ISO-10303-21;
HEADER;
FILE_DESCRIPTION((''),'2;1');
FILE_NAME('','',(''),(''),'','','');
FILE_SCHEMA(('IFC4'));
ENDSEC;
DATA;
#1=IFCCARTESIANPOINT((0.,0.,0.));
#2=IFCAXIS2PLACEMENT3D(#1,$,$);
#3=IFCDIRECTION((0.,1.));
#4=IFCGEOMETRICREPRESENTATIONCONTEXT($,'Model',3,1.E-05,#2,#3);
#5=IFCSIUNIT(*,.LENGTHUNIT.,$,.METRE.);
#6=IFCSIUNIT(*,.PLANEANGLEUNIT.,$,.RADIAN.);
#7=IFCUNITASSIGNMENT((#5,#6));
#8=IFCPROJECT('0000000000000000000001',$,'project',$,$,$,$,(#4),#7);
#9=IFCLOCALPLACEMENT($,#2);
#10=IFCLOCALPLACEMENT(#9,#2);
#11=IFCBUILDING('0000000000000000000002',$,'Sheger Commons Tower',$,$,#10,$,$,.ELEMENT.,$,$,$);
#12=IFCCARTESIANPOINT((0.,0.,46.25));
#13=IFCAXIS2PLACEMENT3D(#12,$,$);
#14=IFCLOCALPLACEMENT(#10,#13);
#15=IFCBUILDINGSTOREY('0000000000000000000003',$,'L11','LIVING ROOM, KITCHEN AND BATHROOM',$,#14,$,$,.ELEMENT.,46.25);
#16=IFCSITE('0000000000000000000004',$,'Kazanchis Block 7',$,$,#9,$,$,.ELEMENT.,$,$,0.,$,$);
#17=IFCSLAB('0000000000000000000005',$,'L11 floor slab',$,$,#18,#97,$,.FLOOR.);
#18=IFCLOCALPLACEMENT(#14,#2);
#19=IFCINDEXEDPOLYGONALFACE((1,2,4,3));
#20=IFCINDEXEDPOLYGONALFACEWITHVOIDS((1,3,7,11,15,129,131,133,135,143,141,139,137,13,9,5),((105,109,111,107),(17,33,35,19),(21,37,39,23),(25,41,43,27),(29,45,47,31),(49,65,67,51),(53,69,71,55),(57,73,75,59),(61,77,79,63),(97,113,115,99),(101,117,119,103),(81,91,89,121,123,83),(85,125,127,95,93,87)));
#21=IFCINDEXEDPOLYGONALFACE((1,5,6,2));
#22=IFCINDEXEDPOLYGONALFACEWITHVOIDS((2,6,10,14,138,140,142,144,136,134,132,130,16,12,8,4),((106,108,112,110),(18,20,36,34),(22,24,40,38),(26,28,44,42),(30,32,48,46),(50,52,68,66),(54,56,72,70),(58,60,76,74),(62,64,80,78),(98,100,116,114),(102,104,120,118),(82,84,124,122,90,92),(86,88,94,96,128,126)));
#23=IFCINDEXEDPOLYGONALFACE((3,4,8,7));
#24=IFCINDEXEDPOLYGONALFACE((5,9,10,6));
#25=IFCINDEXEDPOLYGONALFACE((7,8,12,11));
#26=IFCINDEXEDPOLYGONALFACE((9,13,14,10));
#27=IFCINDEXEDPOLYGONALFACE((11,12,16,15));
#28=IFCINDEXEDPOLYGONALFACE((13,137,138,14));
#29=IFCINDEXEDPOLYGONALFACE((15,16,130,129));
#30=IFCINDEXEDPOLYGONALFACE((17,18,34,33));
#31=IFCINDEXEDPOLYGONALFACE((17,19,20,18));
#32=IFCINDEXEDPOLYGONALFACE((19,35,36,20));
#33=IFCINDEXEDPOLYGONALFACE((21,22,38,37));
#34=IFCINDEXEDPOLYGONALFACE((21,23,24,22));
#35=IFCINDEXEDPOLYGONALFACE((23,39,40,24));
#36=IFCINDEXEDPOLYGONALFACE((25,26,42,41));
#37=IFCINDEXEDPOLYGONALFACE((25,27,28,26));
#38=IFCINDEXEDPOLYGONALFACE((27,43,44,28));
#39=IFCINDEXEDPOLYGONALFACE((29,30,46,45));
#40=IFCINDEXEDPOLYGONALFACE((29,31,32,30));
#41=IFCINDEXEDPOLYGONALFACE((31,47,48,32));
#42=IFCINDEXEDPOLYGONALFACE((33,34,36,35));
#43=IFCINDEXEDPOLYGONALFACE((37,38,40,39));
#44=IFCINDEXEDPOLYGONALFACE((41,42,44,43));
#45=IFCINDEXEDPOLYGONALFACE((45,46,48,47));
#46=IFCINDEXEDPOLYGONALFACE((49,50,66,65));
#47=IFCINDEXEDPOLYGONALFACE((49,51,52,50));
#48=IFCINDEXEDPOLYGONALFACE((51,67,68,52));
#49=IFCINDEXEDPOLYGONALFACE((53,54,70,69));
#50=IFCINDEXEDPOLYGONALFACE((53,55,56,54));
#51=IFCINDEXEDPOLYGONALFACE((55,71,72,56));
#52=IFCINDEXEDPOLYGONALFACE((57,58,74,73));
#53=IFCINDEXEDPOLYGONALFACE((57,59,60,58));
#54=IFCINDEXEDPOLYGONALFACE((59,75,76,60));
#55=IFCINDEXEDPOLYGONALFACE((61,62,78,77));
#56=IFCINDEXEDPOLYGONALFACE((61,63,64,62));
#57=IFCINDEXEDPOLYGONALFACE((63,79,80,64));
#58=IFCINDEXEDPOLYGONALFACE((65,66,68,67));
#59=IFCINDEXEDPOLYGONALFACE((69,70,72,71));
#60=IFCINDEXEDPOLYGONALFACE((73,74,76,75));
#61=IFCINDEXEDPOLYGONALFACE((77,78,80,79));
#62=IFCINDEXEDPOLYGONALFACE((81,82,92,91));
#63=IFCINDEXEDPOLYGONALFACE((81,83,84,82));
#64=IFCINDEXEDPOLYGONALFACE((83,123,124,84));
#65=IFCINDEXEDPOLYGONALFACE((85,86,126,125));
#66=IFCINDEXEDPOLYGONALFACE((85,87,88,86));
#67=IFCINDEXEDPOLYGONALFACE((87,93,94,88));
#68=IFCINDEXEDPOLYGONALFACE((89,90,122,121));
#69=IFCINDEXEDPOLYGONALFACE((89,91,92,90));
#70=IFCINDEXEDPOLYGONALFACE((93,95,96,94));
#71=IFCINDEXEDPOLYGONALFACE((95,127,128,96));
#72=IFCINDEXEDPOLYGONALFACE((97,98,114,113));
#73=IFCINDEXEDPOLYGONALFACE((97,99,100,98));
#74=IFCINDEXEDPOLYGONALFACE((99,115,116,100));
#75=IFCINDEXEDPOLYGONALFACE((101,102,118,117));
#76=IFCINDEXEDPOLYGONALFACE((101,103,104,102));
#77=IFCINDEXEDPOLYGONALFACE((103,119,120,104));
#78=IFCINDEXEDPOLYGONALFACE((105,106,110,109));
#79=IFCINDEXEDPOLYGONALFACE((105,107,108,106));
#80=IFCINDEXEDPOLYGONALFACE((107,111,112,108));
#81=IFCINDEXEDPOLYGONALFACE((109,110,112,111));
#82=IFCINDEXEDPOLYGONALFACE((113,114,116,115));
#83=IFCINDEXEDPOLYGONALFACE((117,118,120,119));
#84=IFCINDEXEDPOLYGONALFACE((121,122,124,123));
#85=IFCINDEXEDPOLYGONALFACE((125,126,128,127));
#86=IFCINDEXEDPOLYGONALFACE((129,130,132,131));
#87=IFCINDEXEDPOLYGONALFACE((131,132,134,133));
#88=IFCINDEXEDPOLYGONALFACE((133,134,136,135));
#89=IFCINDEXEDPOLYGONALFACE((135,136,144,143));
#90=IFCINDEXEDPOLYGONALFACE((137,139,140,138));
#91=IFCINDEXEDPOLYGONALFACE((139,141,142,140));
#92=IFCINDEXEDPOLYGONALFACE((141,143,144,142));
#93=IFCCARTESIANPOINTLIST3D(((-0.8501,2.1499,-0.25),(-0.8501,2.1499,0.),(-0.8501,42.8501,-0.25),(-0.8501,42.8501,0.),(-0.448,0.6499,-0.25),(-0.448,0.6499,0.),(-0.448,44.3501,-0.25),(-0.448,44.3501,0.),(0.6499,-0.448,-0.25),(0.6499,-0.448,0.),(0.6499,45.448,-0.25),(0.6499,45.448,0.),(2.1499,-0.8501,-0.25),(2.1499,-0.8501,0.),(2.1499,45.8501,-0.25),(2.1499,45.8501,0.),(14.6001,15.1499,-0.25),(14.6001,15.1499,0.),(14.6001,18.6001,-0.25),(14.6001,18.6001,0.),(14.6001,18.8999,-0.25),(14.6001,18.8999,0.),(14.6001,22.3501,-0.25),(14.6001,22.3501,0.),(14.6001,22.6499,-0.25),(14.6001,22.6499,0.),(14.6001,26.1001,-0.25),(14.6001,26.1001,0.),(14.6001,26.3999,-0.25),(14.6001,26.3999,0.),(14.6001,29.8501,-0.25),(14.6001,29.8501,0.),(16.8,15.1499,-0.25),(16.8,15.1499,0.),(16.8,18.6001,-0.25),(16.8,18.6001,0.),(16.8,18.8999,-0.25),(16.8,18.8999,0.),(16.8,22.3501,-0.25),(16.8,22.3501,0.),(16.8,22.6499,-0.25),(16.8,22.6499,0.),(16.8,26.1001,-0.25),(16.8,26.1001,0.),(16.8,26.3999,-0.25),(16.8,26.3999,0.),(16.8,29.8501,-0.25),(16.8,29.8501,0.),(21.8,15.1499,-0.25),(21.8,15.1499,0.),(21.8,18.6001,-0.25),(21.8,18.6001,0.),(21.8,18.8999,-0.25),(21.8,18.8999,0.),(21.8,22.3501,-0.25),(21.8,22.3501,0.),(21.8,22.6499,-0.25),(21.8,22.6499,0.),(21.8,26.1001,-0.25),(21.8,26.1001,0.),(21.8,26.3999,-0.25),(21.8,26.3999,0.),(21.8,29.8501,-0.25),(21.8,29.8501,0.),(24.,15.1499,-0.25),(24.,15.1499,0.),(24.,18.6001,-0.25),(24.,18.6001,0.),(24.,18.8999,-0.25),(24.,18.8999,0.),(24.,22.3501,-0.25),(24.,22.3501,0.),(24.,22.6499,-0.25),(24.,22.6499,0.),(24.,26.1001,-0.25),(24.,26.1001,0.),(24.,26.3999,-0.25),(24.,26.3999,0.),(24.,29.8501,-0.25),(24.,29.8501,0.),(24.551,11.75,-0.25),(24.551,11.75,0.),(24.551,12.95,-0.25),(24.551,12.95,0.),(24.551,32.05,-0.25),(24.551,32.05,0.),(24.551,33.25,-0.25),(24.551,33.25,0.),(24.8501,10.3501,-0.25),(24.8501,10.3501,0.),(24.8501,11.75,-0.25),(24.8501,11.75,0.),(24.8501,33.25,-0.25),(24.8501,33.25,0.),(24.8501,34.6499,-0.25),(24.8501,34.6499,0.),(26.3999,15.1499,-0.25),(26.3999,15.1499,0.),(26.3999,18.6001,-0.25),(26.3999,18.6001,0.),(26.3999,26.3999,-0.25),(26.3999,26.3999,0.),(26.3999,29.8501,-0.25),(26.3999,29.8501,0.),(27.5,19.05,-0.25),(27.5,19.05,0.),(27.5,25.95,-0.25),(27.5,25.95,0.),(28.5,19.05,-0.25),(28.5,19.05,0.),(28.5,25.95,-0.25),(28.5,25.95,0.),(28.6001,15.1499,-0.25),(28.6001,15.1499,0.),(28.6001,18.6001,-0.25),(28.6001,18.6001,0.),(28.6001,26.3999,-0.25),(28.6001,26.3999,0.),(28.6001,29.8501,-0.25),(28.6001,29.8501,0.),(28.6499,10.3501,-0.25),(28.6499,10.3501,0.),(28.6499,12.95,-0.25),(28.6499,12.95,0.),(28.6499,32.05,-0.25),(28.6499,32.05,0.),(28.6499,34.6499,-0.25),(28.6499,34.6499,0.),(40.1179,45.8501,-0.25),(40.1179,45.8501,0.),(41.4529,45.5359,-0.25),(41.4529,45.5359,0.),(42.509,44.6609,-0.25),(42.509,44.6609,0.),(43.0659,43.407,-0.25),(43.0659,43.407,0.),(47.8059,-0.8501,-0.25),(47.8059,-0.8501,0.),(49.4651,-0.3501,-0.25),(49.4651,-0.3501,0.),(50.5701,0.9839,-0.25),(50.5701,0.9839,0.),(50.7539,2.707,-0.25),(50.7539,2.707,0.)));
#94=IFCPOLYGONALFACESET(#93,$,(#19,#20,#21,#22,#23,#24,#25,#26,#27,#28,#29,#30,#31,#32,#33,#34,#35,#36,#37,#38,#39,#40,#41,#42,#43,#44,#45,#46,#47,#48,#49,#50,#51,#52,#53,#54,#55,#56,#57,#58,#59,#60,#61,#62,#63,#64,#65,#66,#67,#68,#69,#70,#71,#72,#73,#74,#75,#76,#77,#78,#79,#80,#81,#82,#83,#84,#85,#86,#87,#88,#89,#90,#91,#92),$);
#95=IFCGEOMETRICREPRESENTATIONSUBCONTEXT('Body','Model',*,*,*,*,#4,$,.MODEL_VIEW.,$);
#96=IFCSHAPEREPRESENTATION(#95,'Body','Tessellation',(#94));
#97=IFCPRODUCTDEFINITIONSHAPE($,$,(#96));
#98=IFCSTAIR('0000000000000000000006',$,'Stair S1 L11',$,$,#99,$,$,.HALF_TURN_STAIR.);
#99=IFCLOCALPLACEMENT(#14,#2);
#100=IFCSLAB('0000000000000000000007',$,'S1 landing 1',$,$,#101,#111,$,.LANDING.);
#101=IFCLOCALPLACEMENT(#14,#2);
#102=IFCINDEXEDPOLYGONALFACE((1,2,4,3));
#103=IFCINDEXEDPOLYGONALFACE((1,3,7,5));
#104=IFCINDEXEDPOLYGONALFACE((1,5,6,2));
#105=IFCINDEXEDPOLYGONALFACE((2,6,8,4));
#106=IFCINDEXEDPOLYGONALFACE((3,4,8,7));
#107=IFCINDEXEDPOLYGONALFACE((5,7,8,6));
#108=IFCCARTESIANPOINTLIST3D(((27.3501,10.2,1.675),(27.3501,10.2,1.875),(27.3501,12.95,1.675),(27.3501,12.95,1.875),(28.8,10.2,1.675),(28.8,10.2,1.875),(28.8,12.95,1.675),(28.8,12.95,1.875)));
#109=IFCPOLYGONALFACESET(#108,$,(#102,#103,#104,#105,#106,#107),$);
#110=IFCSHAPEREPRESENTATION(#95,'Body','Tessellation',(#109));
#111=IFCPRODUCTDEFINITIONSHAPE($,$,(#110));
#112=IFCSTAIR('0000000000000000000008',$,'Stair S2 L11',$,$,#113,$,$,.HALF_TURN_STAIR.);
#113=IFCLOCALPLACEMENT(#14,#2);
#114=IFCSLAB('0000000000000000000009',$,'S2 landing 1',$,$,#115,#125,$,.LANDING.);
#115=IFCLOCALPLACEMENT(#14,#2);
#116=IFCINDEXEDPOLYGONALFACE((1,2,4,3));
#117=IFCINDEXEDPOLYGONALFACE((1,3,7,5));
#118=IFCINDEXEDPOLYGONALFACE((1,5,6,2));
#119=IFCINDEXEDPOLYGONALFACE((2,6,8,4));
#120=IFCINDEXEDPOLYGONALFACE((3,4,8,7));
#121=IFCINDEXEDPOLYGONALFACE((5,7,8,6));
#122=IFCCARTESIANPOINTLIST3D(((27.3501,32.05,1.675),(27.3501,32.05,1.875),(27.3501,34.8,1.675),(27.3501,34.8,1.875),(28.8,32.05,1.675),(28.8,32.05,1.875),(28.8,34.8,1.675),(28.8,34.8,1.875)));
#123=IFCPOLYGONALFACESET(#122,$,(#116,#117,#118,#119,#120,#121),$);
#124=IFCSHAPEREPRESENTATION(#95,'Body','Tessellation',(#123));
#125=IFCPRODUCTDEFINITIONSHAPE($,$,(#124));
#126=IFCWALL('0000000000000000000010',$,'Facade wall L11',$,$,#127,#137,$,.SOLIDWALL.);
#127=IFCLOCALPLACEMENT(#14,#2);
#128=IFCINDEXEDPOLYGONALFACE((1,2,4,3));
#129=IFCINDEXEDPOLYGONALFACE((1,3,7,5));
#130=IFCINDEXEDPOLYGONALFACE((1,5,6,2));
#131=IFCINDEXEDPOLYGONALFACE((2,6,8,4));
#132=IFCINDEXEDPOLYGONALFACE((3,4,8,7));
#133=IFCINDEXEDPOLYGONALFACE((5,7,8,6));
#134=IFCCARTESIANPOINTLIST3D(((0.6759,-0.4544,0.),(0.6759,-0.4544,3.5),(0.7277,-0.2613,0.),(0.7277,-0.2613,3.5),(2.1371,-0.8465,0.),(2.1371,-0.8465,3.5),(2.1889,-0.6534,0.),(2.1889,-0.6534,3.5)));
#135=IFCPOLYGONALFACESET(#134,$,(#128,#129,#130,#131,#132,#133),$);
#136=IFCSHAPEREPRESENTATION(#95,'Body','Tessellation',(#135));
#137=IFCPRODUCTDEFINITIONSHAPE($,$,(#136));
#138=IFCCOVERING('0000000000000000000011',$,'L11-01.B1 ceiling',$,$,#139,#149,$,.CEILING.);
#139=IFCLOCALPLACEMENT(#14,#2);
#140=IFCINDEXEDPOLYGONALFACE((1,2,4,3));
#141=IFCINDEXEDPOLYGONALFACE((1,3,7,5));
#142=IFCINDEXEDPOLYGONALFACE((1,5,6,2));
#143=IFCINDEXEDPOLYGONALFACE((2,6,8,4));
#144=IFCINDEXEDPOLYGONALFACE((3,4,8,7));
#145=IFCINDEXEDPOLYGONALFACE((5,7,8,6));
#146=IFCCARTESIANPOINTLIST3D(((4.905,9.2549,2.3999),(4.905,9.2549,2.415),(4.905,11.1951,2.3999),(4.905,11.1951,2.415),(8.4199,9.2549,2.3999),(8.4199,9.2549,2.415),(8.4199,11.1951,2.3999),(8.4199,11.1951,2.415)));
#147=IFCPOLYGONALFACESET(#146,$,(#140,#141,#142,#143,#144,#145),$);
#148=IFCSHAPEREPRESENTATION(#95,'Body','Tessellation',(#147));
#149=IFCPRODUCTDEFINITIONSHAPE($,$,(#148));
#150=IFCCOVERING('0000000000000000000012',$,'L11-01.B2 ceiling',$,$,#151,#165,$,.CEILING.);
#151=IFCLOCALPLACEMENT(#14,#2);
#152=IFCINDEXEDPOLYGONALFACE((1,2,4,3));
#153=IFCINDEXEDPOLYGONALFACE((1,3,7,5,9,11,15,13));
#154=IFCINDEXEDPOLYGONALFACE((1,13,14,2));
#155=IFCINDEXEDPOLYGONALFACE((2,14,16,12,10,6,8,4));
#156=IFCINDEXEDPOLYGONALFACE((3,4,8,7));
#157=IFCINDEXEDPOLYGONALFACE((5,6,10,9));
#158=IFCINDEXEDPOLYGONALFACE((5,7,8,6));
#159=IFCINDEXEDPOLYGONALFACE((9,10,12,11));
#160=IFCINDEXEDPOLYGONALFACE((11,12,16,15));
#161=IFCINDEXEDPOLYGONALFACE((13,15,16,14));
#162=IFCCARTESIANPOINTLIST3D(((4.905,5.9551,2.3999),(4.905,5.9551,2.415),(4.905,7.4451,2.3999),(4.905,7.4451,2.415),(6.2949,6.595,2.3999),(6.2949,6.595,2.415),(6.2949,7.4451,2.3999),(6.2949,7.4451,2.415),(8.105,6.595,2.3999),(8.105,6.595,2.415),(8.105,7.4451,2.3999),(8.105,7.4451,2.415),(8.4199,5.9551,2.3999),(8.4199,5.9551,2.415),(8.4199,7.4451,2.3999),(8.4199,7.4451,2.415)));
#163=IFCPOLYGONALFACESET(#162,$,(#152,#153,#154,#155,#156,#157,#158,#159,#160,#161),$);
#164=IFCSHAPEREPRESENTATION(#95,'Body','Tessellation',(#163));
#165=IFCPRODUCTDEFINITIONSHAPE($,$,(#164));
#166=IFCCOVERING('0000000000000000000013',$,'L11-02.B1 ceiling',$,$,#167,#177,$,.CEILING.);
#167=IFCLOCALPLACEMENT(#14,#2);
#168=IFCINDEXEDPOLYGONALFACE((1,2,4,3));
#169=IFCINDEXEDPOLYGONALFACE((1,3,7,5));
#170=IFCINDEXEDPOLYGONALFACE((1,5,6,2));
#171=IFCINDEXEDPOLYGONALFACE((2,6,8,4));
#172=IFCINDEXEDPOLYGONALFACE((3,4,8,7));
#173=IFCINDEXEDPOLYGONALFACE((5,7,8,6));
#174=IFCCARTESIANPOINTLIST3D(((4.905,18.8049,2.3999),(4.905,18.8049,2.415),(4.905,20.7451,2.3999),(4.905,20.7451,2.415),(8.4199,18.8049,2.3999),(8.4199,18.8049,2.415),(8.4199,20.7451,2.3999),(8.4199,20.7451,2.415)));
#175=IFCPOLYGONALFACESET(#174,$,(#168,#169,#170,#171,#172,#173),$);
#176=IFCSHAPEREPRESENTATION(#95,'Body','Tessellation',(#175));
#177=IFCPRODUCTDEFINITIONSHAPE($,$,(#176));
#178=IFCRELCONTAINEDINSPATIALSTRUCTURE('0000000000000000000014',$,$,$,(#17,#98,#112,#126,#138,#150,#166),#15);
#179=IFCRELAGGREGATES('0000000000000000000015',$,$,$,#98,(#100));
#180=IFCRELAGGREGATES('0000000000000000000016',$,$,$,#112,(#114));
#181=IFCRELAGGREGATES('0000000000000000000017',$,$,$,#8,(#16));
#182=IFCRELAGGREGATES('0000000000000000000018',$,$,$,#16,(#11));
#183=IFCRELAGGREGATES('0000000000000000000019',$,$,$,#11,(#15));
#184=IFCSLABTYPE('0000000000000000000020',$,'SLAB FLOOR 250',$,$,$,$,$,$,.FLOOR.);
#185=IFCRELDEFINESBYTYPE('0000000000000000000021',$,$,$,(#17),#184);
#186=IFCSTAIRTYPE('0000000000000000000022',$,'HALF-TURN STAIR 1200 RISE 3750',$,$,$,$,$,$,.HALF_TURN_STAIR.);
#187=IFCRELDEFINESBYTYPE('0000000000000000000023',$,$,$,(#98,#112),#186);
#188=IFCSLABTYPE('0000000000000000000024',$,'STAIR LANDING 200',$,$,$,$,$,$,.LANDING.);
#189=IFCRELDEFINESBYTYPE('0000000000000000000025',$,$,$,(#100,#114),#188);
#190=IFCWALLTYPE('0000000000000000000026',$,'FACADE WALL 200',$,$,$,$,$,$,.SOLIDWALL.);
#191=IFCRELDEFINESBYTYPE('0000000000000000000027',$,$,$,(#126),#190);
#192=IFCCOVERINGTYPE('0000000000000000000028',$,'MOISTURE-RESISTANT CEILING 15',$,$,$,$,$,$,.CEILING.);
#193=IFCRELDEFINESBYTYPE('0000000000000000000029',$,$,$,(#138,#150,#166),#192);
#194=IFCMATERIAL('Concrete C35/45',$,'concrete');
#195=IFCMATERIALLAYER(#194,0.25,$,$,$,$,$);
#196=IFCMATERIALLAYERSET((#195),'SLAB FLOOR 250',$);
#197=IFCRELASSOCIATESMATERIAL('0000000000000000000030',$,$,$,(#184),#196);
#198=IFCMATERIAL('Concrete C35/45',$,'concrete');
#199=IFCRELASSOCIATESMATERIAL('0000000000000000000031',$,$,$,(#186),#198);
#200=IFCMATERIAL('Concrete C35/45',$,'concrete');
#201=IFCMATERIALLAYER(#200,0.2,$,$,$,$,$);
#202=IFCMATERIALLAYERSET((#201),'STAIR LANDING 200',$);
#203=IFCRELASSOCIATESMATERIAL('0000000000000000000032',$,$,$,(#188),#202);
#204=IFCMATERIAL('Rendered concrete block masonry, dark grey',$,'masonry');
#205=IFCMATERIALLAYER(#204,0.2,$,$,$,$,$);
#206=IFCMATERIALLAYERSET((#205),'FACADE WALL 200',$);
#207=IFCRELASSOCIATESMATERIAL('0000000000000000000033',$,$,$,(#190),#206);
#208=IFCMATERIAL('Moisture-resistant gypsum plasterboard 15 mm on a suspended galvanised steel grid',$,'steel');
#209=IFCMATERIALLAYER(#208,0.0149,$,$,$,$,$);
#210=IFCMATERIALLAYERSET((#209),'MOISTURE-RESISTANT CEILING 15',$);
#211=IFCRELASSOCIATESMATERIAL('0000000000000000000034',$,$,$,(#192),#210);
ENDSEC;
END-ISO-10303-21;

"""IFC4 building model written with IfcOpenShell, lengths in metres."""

from ifc_helpers import new_model, si_unit, direction, frame, frame_2d, origin, place, context, subcontext, project, spatial, polyline, rectangle, outline, extrude, material, layer, layer_set, type_object, element, aggregate, save


model = new_model("IFC4")

# Units and contexts
model_context = context("Model", 3, precision=1e-05, world=origin(), true_north=direction((0.0, 1.0)))
body_context = subcontext(model_context, "Body", "Model", "MODEL_VIEW")
ifc_project = project(units=[si_unit("LENGTHUNIT", "METRE"), si_unit("PLANEANGLEUNIT", "RADIAN")], contexts=[model_context])

# Site, building, storey
site_placement = place(None, origin())
site = spatial("IfcSite", under=ifc_project, at=site_placement, Name="Kazanchis Block 7", CompositionType="ELEMENT", RefElevation=0.0)
building_placement = place(site_placement, origin())
building = spatial("IfcBuilding", under=site, at=building_placement, Name="Sheger Commons Tower", CompositionType="ELEMENT")
storey_placement = place(building_placement, frame((0.0, 0.0, 46.25)))
storey = spatial("IfcBuildingStorey", under=building, at=storey_placement, Name="L11", Description="LIVING ROOM, KITCHEN AND BATHROOM", CompositionType="ELEMENT", Elevation=46.25)

# Slab
ifc_material_1 = material(Name="Concrete C35/45", Category="concrete")
ifc_layer_1 = layer(ifc_material_1, 0.25)
ifc_layer_set_1 = layer_set([ifc_layer_1], Name="SLAB FLOOR 250")
slab_type_1 = type_object("IfcSlabType", Name="SLAB FLOOR 250", PredefinedType="FLOOR", material=ifc_layer_set_1)
slab_1_placement = place(storey_placement, frame((0.0, 0.0, -0.25)))
element("IfcSlab", 1, at=slab_1_placement, inside=storey, type_object=slab_type_1, Name="L11 floor slab", PredefinedType="FLOOR", context=body_context, shape_type="SweptSolid", body=[
    extrude(outline(polyline([(-0.8501, 2.1499), (-0.448, 0.6499), (0.6499, -0.448), (2.1499, -0.8501), (47.8059, -0.8501), (49.4651, -0.3501), (50.5701, 0.9839), (50.7539, 2.707), (43.0659, 43.407), (42.509, 44.6609), (41.4529, 45.5359), (40.1179, 45.8501), (2.1499, 45.8501), (0.6499, 45.448), (-0.448, 44.3501), (-0.8501, 42.8501), (-0.8501, 2.1499)]), holes=[polyline([(24.8501, 10.3501), (28.6499, 10.3501), (28.6499, 12.95), (24.551, 12.95), (24.551, 11.75), (24.8501, 11.75), (24.8501, 10.3501)]), polyline([(24.551, 32.05), (28.6499, 32.05), (28.6499, 34.6499), (24.8501, 34.6499), (24.8501, 33.25), (24.551, 33.25), (24.551, 32.05)]), polyline([(26.3999, 15.1499), (28.6001, 15.1499), (28.6001, 18.6001), (26.3999, 18.6001), (26.3999, 15.1499)]), polyline([(26.3999, 26.3999), (28.6001, 26.3999), (28.6001, 29.8501), (26.3999, 29.8501), (26.3999, 26.3999)]), polyline([(14.6001, 15.1499), (16.8, 15.1499), (16.8, 18.6001), (14.6001, 18.6001), (14.6001, 15.1499)]), polyline([(14.6001, 18.8999), (16.8, 18.8999), (16.8, 22.3501), (14.6001, 22.3501), (14.6001, 18.8999)]), polyline([(14.6001, 22.6499), (16.8, 22.6499), (16.8, 26.1001), (14.6001, 26.1001), (14.6001, 22.6499)]), polyline([(14.6001, 26.3999), (16.8, 26.3999), (16.8, 29.8501), (14.6001, 29.8501), (14.6001, 26.3999)]), polyline([(21.8, 15.1499), (24.0, 15.1499), (24.0, 18.6001), (21.8, 18.6001), (21.8, 15.1499)]), polyline([(21.8, 18.8999), (24.0, 18.8999), (24.0, 22.3501), (21.8, 22.3501), (21.8, 18.8999)]), polyline([(21.8, 22.6499), (24.0, 22.6499), (24.0, 26.1001), (21.8, 26.1001), (21.8, 22.6499)]), polyline([(21.8, 26.3999), (24.0, 26.3999), (24.0, 29.8501), (21.8, 29.8501), (21.8, 26.3999)]), polyline([(27.5, 19.05), (28.5, 19.05), (28.5, 25.95), (27.5, 25.95), (27.5, 19.05)])]), origin(), (0.0, 0.0, 1.0), 0.25),
])

# Stairs, slabs
ifc_material_2 = material(Name="Concrete C35/45", Category="concrete")
stair_type = type_object("IfcStairType", Name="HALF-TURN STAIR 1200 RISE 3750", PredefinedType="HALF_TURN_STAIR", material=ifc_material_2)
stair_1_placement = place(storey_placement, origin())
stair_1 = element("IfcStair", 2, at=stair_1_placement, inside=storey, type_object=stair_type, Name="Stair S1 L11", PredefinedType="HALF_TURN_STAIR")
ifc_material_3 = material(Name="Concrete C35/45", Category="concrete")
ifc_layer_2 = layer(ifc_material_3, 0.2)
ifc_layer_set_2 = layer_set([ifc_layer_2], Name="STAIR LANDING 200")
slab_type_2 = type_object("IfcSlabType", Name="STAIR LANDING 200", PredefinedType="LANDING", material=ifc_layer_set_2)
slab_2_placement = place(storey_placement, frame((0.0, 0.0, 1.675)))
slab_2 = element("IfcSlab", 3, at=slab_2_placement, type_object=slab_type_2, Name="S1 landing 1", PredefinedType="LANDING", context=body_context, shape_type="SweptSolid", body=[
    extrude(outline(polyline([(27.3501, 10.2), (28.8, 10.2), (28.8, 12.95), (27.3501, 12.95), (27.3501, 10.2)])), origin(), (0.0, 0.0, 1.0), 0.2),
])
aggregate(stair_1, [slab_2])
stair_2_placement = place(storey_placement, origin())
stair_2 = element("IfcStair", 4, at=stair_2_placement, inside=storey, type_object=stair_type, Name="Stair S2 L11", PredefinedType="HALF_TURN_STAIR")
slab_3_placement = place(storey_placement, frame((0.0, 0.0, 1.675)))
slab_3 = element("IfcSlab", 5, at=slab_3_placement, type_object=slab_type_2, Name="S2 landing 1", PredefinedType="LANDING", context=body_context, shape_type="SweptSolid", body=[
    extrude(outline(polyline([(27.3501, 32.05), (28.8, 32.05), (28.8, 34.8), (27.3501, 34.8), (27.3501, 32.05)])), origin(), (0.0, 0.0, 1.0), 0.2),
])
aggregate(stair_2, [slab_3])

# Wall
ifc_material_4 = material(Name="Rendered concrete block masonry, dark grey", Category="masonry")
ifc_layer_3 = layer(ifc_material_4, 0.2)
ifc_layer_set_3 = layer_set([ifc_layer_3], Name="FACADE WALL 200")
wall_type = type_object("IfcWallType", Name="FACADE WALL 200", PredefinedType="SOLIDWALL", material=ifc_layer_set_3)
wall_placement = place(storey_placement, frame((0.7019, -0.3579, 0.0), z_axis=(0.0, 0.0, 1.0), x_axis=(0.965832, -0.259169, 0.0)))
element("IfcWall", 6, at=wall_placement, inside=storey, type_object=wall_type, Name="Facade wall L11", PredefinedType="SOLIDWALL", context=body_context, shape_type="SweptSolid", body=[
    extrude(rectangle(XDim=1.5129, YDim=0.2, at=frame_2d((0.7563, 0.0))), origin(), (0.0, 0.0, 1.0), 3.5),
])

# Coverings
ifc_material_5 = material(Name="Moisture-resistant gypsum plasterboard 15 mm on a suspended galvanised steel grid", Category="steel")
ifc_layer_4 = layer(ifc_material_5, 0.0149)
ifc_layer_set_4 = layer_set([ifc_layer_4], Name="MOISTURE-RESISTANT CEILING 15")
covering_type_1 = type_object("IfcCoveringType", Name="MOISTURE-RESISTANT CEILING 15", PredefinedType="CEILING", material=ifc_layer_set_4)
covering_1_placement = place(storey_placement, frame((0.0, 0.0, 2.3999)))
element("IfcCovering", 7, at=covering_1_placement, inside=storey, type_object=covering_type_1, Name="L11-01.B1 ceiling", PredefinedType="CEILING", context=body_context, shape_type="SweptSolid", body=[
    extrude(outline(polyline([(4.905, 9.2549), (8.4199, 9.2549), (8.4199, 11.1951), (4.905, 11.1951), (4.905, 9.2549)])), origin(), (0.0, 0.0, 1.0), 0.0151),
])
covering_2_placement = place(storey_placement, frame((0.0, 0.0, 2.3999)))
element("IfcCovering", 8, at=covering_2_placement, inside=storey, type_object=covering_type_1, Name="L11-01.B2 ceiling", PredefinedType="CEILING", context=body_context, shape_type="SweptSolid", body=[
    extrude(outline(polyline([(4.905, 5.9551), (8.4199, 5.9551), (8.4199, 7.4451), (8.105, 7.4451), (8.105, 6.595), (6.2949, 6.595), (6.2949, 7.4451), (4.905, 7.4451), (4.905, 5.9551)])), origin(), (0.0, 0.0, 1.0), 0.0151),
])
covering_3_placement = place(storey_placement, frame((0.0, 0.0, 2.3999)))
element("IfcCovering", 9, at=covering_3_placement, inside=storey, type_object=covering_type_1, Name="L11-02.B1 ceiling", PredefinedType="CEILING", context=body_context, shape_type="SweptSolid", body=[
    extrude(outline(polyline([(4.905, 18.8049), (8.4199, 18.8049), (8.4199, 20.7451), (4.905, 20.7451), (4.905, 18.8049)])), origin(), (0.0, 0.0, 1.0), 0.0151),
])

save(model, "model.ifc")
